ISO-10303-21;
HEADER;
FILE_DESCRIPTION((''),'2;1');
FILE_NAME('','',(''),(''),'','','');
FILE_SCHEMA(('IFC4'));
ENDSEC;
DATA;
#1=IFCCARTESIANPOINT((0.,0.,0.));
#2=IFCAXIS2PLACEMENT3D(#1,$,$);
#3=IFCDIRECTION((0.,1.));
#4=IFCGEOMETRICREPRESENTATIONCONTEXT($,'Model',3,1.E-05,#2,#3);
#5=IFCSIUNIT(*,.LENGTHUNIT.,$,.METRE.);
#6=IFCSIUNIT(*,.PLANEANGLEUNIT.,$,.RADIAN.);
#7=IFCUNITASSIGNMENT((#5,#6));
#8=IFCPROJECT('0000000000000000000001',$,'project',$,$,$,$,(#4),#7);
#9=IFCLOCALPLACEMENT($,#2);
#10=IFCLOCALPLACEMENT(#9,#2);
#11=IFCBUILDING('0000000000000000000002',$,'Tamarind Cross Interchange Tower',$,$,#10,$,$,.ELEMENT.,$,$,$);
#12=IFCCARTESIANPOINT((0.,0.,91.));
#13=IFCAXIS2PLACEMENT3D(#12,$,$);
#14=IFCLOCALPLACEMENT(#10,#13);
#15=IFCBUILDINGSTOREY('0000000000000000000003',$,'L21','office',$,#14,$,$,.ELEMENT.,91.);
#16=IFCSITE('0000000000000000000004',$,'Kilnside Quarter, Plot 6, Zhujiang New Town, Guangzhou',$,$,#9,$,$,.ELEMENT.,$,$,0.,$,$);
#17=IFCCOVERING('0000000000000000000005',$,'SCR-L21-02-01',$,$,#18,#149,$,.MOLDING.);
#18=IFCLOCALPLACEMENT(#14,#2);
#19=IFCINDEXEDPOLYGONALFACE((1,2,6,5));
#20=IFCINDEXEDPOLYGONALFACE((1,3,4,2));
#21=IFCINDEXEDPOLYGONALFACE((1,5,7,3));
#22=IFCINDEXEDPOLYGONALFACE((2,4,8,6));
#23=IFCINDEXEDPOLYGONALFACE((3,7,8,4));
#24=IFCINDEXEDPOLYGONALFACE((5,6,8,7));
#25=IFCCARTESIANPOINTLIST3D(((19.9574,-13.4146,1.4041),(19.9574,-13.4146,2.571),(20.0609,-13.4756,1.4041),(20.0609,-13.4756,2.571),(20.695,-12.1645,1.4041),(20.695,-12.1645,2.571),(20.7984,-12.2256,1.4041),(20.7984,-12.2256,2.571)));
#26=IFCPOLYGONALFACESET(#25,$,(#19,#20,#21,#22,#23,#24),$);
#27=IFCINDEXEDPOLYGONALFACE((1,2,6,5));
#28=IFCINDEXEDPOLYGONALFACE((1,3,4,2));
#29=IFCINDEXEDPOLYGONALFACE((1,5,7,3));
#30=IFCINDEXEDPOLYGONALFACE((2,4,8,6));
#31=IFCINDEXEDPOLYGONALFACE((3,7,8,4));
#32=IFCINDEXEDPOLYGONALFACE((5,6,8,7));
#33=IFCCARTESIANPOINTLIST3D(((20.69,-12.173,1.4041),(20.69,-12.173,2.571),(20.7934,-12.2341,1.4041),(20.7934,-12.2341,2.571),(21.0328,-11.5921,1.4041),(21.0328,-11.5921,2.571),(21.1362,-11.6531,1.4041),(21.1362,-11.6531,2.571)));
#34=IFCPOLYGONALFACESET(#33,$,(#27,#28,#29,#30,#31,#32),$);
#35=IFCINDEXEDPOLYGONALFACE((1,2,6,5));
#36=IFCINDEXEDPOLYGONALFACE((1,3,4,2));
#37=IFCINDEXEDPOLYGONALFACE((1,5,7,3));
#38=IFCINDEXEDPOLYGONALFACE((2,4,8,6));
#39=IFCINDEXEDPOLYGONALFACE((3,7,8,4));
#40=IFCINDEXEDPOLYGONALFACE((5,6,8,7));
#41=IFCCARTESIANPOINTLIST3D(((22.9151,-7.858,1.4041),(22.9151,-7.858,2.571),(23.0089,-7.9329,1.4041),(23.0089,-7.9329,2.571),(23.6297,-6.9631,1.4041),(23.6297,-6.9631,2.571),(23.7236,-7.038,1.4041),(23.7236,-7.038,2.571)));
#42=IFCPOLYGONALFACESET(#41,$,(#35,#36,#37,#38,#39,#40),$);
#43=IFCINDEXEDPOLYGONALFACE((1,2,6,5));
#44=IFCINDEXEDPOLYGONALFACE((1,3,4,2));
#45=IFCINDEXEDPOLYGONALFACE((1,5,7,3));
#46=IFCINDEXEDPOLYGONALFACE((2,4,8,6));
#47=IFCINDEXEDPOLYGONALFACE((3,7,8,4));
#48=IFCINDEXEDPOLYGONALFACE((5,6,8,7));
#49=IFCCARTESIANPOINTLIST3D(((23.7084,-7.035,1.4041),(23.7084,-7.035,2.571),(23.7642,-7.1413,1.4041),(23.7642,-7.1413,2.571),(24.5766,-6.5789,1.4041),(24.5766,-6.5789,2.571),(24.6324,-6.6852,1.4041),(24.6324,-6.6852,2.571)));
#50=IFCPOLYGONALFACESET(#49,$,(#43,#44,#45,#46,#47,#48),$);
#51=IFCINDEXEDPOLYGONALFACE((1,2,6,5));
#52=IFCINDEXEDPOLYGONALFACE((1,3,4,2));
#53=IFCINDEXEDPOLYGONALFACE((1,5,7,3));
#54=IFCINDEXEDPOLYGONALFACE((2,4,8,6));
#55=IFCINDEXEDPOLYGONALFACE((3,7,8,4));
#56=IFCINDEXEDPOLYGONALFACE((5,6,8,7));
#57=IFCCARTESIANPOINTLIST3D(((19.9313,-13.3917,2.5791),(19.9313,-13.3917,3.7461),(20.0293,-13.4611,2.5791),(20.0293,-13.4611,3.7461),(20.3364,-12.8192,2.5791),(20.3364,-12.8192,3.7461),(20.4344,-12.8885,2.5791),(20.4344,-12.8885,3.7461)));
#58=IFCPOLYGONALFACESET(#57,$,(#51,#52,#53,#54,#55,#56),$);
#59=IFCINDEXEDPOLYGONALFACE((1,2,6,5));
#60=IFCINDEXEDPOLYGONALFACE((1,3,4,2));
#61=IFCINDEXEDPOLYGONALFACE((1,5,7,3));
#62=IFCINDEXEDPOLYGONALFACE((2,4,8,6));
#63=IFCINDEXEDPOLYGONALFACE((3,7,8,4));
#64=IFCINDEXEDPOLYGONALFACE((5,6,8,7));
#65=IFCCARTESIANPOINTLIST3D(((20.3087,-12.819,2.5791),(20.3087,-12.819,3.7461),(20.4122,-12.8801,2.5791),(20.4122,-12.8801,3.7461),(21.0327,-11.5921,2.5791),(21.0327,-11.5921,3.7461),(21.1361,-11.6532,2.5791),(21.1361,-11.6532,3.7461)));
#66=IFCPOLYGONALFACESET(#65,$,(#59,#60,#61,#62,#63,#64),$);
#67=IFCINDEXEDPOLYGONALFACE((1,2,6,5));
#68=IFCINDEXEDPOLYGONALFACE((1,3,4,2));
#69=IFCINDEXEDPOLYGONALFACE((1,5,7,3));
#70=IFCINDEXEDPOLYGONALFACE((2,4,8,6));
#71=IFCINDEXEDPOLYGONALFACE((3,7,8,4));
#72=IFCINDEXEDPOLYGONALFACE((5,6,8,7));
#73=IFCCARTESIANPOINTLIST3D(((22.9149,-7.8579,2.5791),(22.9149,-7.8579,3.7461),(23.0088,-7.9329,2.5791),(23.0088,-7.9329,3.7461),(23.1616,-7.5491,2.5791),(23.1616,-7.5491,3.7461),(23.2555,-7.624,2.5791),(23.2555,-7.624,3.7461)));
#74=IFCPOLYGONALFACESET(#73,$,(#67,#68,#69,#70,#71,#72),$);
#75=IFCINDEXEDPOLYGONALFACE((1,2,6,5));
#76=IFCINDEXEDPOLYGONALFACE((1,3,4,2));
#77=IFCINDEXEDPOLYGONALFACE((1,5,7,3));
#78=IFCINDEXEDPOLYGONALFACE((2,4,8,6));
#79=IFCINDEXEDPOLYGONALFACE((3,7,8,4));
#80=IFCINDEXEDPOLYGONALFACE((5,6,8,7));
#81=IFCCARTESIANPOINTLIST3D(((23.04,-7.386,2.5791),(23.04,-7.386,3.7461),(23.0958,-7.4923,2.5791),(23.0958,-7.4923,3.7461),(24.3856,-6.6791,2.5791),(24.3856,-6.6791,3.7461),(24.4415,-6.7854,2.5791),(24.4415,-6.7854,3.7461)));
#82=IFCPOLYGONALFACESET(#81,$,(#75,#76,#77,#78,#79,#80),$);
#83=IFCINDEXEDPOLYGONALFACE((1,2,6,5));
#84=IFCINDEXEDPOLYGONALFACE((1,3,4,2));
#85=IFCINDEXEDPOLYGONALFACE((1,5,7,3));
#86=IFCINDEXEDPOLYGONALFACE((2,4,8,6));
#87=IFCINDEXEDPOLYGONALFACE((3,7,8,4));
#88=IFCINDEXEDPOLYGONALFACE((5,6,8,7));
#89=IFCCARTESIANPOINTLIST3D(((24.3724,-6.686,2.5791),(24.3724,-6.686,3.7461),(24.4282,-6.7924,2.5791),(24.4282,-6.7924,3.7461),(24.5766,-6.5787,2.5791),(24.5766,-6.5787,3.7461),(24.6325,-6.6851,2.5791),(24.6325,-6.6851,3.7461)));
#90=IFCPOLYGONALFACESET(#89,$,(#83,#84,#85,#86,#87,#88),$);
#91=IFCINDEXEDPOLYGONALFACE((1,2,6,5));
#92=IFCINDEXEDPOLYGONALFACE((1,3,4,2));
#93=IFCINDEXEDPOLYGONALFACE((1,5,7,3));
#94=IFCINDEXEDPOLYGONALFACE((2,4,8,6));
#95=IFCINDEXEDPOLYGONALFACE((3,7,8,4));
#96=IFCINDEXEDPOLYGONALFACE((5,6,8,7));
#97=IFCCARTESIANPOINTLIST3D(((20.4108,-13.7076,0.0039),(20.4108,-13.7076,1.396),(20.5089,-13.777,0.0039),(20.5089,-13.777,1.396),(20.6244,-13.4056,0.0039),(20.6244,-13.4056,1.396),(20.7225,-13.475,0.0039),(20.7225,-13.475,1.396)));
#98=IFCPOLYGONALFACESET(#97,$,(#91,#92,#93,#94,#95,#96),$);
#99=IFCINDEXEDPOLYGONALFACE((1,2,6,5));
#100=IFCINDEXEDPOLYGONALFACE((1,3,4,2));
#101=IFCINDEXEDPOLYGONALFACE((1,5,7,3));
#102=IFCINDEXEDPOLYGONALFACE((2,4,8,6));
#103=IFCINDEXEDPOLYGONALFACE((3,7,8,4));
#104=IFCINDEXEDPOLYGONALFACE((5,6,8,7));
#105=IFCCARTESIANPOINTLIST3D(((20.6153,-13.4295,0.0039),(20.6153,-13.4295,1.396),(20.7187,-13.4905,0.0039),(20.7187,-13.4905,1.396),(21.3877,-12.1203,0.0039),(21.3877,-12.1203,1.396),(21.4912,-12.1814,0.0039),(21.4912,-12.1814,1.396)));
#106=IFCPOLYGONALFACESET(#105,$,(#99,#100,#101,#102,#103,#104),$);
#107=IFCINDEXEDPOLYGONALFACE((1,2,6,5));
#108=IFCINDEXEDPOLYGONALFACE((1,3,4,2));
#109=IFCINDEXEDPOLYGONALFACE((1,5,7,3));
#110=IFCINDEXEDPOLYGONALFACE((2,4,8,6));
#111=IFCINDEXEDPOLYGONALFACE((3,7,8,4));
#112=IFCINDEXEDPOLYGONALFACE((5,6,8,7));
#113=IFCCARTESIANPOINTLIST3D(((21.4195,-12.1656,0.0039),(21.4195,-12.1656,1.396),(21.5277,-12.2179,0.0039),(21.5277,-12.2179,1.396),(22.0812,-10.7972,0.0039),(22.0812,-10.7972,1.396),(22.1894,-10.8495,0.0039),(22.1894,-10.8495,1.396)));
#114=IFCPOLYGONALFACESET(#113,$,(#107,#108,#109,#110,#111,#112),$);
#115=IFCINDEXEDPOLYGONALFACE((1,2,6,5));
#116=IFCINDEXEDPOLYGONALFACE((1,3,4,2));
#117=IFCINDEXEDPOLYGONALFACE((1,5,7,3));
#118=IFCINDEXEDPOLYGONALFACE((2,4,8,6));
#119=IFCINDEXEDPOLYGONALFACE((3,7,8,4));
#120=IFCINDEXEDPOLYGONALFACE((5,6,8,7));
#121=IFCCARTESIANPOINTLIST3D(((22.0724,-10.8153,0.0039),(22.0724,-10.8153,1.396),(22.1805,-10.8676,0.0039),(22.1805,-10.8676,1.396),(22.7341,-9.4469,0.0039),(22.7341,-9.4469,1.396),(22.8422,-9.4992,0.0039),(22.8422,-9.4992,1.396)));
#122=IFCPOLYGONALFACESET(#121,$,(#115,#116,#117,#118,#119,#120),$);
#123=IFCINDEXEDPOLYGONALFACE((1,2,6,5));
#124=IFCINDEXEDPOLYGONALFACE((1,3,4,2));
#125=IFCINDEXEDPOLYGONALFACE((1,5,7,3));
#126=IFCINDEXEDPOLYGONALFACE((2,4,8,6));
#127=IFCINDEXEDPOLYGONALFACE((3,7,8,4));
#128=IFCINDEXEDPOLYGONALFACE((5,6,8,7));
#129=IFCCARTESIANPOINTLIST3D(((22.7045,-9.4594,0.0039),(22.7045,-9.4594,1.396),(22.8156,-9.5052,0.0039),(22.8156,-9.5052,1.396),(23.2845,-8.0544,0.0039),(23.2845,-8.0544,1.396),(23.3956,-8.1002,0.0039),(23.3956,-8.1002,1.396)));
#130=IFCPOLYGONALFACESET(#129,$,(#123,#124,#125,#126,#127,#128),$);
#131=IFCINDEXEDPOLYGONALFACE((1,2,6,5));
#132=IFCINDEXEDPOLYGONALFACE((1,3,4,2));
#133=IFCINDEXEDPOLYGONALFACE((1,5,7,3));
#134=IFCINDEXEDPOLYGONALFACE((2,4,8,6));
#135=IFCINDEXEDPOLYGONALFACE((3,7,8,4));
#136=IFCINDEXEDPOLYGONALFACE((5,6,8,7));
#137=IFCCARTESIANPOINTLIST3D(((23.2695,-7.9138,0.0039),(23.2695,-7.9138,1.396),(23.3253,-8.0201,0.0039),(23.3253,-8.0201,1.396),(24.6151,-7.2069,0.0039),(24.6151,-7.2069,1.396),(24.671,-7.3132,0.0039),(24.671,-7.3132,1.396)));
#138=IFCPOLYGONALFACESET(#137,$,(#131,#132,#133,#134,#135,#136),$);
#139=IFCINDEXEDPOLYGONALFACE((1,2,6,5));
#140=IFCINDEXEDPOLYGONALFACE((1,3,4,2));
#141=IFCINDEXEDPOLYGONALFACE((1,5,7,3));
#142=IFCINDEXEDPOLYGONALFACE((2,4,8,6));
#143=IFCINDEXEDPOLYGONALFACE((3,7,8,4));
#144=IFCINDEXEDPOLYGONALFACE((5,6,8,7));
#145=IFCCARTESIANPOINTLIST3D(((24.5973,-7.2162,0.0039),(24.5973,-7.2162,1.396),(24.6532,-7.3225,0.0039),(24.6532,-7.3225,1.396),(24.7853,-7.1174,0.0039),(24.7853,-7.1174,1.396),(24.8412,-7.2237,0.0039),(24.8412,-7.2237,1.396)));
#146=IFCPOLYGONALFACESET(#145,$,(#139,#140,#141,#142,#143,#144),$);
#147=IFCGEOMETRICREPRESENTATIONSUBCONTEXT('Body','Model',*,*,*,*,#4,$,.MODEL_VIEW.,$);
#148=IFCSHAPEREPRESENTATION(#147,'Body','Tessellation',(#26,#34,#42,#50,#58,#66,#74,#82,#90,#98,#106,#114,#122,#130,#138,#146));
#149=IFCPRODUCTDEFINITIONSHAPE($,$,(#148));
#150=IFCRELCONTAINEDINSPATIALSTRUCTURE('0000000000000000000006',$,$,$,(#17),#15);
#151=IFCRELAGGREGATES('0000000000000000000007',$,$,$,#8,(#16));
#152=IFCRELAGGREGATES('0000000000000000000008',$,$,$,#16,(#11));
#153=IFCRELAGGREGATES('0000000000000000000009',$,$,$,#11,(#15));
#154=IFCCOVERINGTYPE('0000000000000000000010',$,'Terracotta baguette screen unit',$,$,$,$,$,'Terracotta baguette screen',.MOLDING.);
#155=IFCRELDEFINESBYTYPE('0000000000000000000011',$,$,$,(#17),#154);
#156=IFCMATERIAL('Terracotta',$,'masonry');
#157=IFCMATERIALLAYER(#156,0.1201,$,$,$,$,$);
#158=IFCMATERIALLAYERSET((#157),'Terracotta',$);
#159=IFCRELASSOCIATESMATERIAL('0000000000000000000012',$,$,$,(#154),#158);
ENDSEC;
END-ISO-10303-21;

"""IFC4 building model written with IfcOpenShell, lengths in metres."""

from ifc_helpers import new_model, si_unit, direction, frame, origin, origin_2d, place, context, subcontext, project, spatial, rectangle, extrude, material, layer, layer_set, type_object, element, save


model = new_model("IFC4")

# Units and contexts
model_context = context("Model", 3, precision=1e-05, world=origin(), true_north=direction((0.0, 1.0)))
body_context = subcontext(model_context, "Body", "Model", "MODEL_VIEW")
ifc_project = project(units=[si_unit("LENGTHUNIT", "METRE"), si_unit("PLANEANGLEUNIT", "RADIAN")], contexts=[model_context])

# Site, building, storey
site_placement = place(None, origin())
site = spatial("IfcSite", under=ifc_project, at=site_placement, Name="Kilnside Quarter, Plot 6, Zhujiang New Town, Guangzhou", CompositionType="ELEMENT", RefElevation=0.0)
building_placement = place(site_placement, origin())
building = spatial("IfcBuilding", under=site, at=building_placement, Name="Tamarind Cross Interchange Tower", CompositionType="ELEMENT")
storey_placement = place(building_placement, frame((0.0, 0.0, 91.0)))
storey = spatial("IfcBuildingStorey", under=building, at=storey_placement, Name="L21", Description="office", CompositionType="ELEMENT", Elevation=91.0)

# Covering
ifc_material_1 = material(Name="Terracotta", Category="masonry")
ifc_layer_1 = layer(ifc_material_1, 0.1201)
ifc_layer_set_1 = layer_set([ifc_layer_1], Name="Terracotta")
covering_type = type_object("IfcCoveringType", Name="Terracotta baguette screen unit", ElementType="Terracotta baguette screen", PredefinedType="MOLDING", material=ifc_layer_set_1)
covering_1_placement = place(storey_placement, origin())
element("IfcCovering", 1, at=covering_1_placement, inside=storey, type_object=covering_type, Name="SCR-L21-02-01", PredefinedType="MOLDING", context=body_context, shape_type="SweptSolid", body=[
    extrude(rectangle(XDim=1.4514, YDim=0.1201, at=origin_2d()), frame((20.3779, -12.8201, 1.4041), z_axis=(0.0, 0.0, 1.0), x_axis=(0.508183, 0.861249, 0.0)), (0.0, 0.0, 1.0), 1.167),
    extrude(rectangle(XDim=0.6746, YDim=0.1201, at=origin_2d()), frame((20.9131, -11.9131, 1.4041), z_axis=(0.0, 0.0, 1.0), x_axis=(0.508183, 0.861249, 0.0)), (0.0, 0.0, 1.0), 1.167),
    extrude(rectangle(XDim=1.1453, YDim=0.1201, at=origin_2d()), frame((23.3193, -7.448, 1.4041), z_axis=(0.0, 0.0, 1.0), x_axis=(0.62402, 0.781409, 0.0)), (0.0, 0.0, 1.0), 1.167),
    extrude(rectangle(XDim=0.9807, YDim=0.1201, at=origin_2d()), frame((24.1704, -6.8601, 1.4041), z_axis=(0.0, 0.0, 1.0), x_axis=(0.885278, 0.465062, 0.0)), (0.0, 0.0, 1.0), 1.167),
    extrude(rectangle(XDim=0.7014, YDim=0.1201, at=origin_2d()), frame((20.1829, -13.1401, 2.5791), z_axis=(0.0, 0.0, 1.0), x_axis=(0.577569, 0.816342, 0.0)), (0.0, 0.0, 1.0), 1.167),
    extrude(rectangle(XDim=1.4246, YDim=0.1201, at=origin_2d()), frame((20.7224, -12.2361, 2.5791), z_axis=(0.0, 0.0, 1.0), x_axis=(0.508183, 0.861249, 0.0)), (0.0, 0.0, 1.0), 1.167),
    extrude(rectangle(XDim=0.3953, YDim=0.1201, at=origin_2d()), frame((23.0852, -7.741, 2.5791), z_axis=(0.0, 0.0, 1.0), x_axis=(0.62402, 0.781409, 0.0)), (0.0, 0.0, 1.0), 1.167),
    extrude(rectangle(XDim=1.52, YDim=0.1201, at=origin_2d()), frame((23.7407, -7.0857, 2.5791), z_axis=(0.0, 0.0, 1.0), x_axis=(0.885278, 0.465062, 0.0)), (0.0, 0.0, 1.0), 1.167),
    extrude(rectangle(XDim=0.2307, YDim=0.1201, at=origin_2d()), frame((24.5024, -6.6855, 2.5791), z_axis=(0.0, 0.0, 1.0), x_axis=(0.885278, 0.465062, 0.0)), (0.0, 0.0, 1.0), 1.167),
    extrude(rectangle(XDim=0.3699, YDim=0.1201, at=origin_2d()), frame((20.5667, -13.5913, 0.0039), z_axis=(0.0, 0.0, 1.0), x_axis=(0.577569, 0.816342, 0.0)), (0.0, 0.0, 1.0), 1.3921),
    extrude(rectangle(XDim=1.52, YDim=0.1201, at=origin_2d()), frame((21.0532, -12.8054, 0.0039), z_axis=(0.0, 0.0, 1.0), x_axis=(0.508183, 0.861249, 0.0)), (0.0, 0.0, 1.0), 1.3921),
    extrude(rectangle(XDim=1.52, YDim=0.1201, at=origin_2d()), frame((21.8044, -11.5076, 0.0039), z_axis=(0.0, 0.0, 1.0), x_axis=(0.435326, 0.900273, 0.0)), (0.0, 0.0, 1.0), 1.3921),
    extrude(rectangle(XDim=1.52, YDim=0.1201, at=origin_2d()), frame((22.4573, -10.1572, 0.0039), z_axis=(0.0, 0.0, 1.0), x_axis=(0.435326, 0.900273, 0.0)), (0.0, 0.0, 1.0), 1.3921),
    extrude(rectangle(XDim=1.52, YDim=0.1201, at=origin_2d()), frame((23.05, -8.7798, 0.0039), z_axis=(0.0, 0.0, 1.0), x_axis=(0.381575, 0.924338, 0.0)), (0.0, 0.0, 1.0), 1.3921),
    extrude(rectangle(XDim=1.52, YDim=0.1201, at=origin_2d()), frame((23.9702, -7.6135, 0.0039), z_axis=(0.0, 0.0, 1.0), x_axis=(0.885278, 0.465062, 0.0)), (0.0, 0.0, 1.0), 1.3921),
    extrude(rectangle(XDim=0.2124, YDim=0.1201, at=origin_2d()), frame((24.7192, -7.22, 0.0039), z_axis=(0.0, 0.0, 1.0), x_axis=(0.885278, 0.465062, 0.0)), (0.0, 0.0, 1.0), 1.3921),
])

save(model, "model.ifc")
